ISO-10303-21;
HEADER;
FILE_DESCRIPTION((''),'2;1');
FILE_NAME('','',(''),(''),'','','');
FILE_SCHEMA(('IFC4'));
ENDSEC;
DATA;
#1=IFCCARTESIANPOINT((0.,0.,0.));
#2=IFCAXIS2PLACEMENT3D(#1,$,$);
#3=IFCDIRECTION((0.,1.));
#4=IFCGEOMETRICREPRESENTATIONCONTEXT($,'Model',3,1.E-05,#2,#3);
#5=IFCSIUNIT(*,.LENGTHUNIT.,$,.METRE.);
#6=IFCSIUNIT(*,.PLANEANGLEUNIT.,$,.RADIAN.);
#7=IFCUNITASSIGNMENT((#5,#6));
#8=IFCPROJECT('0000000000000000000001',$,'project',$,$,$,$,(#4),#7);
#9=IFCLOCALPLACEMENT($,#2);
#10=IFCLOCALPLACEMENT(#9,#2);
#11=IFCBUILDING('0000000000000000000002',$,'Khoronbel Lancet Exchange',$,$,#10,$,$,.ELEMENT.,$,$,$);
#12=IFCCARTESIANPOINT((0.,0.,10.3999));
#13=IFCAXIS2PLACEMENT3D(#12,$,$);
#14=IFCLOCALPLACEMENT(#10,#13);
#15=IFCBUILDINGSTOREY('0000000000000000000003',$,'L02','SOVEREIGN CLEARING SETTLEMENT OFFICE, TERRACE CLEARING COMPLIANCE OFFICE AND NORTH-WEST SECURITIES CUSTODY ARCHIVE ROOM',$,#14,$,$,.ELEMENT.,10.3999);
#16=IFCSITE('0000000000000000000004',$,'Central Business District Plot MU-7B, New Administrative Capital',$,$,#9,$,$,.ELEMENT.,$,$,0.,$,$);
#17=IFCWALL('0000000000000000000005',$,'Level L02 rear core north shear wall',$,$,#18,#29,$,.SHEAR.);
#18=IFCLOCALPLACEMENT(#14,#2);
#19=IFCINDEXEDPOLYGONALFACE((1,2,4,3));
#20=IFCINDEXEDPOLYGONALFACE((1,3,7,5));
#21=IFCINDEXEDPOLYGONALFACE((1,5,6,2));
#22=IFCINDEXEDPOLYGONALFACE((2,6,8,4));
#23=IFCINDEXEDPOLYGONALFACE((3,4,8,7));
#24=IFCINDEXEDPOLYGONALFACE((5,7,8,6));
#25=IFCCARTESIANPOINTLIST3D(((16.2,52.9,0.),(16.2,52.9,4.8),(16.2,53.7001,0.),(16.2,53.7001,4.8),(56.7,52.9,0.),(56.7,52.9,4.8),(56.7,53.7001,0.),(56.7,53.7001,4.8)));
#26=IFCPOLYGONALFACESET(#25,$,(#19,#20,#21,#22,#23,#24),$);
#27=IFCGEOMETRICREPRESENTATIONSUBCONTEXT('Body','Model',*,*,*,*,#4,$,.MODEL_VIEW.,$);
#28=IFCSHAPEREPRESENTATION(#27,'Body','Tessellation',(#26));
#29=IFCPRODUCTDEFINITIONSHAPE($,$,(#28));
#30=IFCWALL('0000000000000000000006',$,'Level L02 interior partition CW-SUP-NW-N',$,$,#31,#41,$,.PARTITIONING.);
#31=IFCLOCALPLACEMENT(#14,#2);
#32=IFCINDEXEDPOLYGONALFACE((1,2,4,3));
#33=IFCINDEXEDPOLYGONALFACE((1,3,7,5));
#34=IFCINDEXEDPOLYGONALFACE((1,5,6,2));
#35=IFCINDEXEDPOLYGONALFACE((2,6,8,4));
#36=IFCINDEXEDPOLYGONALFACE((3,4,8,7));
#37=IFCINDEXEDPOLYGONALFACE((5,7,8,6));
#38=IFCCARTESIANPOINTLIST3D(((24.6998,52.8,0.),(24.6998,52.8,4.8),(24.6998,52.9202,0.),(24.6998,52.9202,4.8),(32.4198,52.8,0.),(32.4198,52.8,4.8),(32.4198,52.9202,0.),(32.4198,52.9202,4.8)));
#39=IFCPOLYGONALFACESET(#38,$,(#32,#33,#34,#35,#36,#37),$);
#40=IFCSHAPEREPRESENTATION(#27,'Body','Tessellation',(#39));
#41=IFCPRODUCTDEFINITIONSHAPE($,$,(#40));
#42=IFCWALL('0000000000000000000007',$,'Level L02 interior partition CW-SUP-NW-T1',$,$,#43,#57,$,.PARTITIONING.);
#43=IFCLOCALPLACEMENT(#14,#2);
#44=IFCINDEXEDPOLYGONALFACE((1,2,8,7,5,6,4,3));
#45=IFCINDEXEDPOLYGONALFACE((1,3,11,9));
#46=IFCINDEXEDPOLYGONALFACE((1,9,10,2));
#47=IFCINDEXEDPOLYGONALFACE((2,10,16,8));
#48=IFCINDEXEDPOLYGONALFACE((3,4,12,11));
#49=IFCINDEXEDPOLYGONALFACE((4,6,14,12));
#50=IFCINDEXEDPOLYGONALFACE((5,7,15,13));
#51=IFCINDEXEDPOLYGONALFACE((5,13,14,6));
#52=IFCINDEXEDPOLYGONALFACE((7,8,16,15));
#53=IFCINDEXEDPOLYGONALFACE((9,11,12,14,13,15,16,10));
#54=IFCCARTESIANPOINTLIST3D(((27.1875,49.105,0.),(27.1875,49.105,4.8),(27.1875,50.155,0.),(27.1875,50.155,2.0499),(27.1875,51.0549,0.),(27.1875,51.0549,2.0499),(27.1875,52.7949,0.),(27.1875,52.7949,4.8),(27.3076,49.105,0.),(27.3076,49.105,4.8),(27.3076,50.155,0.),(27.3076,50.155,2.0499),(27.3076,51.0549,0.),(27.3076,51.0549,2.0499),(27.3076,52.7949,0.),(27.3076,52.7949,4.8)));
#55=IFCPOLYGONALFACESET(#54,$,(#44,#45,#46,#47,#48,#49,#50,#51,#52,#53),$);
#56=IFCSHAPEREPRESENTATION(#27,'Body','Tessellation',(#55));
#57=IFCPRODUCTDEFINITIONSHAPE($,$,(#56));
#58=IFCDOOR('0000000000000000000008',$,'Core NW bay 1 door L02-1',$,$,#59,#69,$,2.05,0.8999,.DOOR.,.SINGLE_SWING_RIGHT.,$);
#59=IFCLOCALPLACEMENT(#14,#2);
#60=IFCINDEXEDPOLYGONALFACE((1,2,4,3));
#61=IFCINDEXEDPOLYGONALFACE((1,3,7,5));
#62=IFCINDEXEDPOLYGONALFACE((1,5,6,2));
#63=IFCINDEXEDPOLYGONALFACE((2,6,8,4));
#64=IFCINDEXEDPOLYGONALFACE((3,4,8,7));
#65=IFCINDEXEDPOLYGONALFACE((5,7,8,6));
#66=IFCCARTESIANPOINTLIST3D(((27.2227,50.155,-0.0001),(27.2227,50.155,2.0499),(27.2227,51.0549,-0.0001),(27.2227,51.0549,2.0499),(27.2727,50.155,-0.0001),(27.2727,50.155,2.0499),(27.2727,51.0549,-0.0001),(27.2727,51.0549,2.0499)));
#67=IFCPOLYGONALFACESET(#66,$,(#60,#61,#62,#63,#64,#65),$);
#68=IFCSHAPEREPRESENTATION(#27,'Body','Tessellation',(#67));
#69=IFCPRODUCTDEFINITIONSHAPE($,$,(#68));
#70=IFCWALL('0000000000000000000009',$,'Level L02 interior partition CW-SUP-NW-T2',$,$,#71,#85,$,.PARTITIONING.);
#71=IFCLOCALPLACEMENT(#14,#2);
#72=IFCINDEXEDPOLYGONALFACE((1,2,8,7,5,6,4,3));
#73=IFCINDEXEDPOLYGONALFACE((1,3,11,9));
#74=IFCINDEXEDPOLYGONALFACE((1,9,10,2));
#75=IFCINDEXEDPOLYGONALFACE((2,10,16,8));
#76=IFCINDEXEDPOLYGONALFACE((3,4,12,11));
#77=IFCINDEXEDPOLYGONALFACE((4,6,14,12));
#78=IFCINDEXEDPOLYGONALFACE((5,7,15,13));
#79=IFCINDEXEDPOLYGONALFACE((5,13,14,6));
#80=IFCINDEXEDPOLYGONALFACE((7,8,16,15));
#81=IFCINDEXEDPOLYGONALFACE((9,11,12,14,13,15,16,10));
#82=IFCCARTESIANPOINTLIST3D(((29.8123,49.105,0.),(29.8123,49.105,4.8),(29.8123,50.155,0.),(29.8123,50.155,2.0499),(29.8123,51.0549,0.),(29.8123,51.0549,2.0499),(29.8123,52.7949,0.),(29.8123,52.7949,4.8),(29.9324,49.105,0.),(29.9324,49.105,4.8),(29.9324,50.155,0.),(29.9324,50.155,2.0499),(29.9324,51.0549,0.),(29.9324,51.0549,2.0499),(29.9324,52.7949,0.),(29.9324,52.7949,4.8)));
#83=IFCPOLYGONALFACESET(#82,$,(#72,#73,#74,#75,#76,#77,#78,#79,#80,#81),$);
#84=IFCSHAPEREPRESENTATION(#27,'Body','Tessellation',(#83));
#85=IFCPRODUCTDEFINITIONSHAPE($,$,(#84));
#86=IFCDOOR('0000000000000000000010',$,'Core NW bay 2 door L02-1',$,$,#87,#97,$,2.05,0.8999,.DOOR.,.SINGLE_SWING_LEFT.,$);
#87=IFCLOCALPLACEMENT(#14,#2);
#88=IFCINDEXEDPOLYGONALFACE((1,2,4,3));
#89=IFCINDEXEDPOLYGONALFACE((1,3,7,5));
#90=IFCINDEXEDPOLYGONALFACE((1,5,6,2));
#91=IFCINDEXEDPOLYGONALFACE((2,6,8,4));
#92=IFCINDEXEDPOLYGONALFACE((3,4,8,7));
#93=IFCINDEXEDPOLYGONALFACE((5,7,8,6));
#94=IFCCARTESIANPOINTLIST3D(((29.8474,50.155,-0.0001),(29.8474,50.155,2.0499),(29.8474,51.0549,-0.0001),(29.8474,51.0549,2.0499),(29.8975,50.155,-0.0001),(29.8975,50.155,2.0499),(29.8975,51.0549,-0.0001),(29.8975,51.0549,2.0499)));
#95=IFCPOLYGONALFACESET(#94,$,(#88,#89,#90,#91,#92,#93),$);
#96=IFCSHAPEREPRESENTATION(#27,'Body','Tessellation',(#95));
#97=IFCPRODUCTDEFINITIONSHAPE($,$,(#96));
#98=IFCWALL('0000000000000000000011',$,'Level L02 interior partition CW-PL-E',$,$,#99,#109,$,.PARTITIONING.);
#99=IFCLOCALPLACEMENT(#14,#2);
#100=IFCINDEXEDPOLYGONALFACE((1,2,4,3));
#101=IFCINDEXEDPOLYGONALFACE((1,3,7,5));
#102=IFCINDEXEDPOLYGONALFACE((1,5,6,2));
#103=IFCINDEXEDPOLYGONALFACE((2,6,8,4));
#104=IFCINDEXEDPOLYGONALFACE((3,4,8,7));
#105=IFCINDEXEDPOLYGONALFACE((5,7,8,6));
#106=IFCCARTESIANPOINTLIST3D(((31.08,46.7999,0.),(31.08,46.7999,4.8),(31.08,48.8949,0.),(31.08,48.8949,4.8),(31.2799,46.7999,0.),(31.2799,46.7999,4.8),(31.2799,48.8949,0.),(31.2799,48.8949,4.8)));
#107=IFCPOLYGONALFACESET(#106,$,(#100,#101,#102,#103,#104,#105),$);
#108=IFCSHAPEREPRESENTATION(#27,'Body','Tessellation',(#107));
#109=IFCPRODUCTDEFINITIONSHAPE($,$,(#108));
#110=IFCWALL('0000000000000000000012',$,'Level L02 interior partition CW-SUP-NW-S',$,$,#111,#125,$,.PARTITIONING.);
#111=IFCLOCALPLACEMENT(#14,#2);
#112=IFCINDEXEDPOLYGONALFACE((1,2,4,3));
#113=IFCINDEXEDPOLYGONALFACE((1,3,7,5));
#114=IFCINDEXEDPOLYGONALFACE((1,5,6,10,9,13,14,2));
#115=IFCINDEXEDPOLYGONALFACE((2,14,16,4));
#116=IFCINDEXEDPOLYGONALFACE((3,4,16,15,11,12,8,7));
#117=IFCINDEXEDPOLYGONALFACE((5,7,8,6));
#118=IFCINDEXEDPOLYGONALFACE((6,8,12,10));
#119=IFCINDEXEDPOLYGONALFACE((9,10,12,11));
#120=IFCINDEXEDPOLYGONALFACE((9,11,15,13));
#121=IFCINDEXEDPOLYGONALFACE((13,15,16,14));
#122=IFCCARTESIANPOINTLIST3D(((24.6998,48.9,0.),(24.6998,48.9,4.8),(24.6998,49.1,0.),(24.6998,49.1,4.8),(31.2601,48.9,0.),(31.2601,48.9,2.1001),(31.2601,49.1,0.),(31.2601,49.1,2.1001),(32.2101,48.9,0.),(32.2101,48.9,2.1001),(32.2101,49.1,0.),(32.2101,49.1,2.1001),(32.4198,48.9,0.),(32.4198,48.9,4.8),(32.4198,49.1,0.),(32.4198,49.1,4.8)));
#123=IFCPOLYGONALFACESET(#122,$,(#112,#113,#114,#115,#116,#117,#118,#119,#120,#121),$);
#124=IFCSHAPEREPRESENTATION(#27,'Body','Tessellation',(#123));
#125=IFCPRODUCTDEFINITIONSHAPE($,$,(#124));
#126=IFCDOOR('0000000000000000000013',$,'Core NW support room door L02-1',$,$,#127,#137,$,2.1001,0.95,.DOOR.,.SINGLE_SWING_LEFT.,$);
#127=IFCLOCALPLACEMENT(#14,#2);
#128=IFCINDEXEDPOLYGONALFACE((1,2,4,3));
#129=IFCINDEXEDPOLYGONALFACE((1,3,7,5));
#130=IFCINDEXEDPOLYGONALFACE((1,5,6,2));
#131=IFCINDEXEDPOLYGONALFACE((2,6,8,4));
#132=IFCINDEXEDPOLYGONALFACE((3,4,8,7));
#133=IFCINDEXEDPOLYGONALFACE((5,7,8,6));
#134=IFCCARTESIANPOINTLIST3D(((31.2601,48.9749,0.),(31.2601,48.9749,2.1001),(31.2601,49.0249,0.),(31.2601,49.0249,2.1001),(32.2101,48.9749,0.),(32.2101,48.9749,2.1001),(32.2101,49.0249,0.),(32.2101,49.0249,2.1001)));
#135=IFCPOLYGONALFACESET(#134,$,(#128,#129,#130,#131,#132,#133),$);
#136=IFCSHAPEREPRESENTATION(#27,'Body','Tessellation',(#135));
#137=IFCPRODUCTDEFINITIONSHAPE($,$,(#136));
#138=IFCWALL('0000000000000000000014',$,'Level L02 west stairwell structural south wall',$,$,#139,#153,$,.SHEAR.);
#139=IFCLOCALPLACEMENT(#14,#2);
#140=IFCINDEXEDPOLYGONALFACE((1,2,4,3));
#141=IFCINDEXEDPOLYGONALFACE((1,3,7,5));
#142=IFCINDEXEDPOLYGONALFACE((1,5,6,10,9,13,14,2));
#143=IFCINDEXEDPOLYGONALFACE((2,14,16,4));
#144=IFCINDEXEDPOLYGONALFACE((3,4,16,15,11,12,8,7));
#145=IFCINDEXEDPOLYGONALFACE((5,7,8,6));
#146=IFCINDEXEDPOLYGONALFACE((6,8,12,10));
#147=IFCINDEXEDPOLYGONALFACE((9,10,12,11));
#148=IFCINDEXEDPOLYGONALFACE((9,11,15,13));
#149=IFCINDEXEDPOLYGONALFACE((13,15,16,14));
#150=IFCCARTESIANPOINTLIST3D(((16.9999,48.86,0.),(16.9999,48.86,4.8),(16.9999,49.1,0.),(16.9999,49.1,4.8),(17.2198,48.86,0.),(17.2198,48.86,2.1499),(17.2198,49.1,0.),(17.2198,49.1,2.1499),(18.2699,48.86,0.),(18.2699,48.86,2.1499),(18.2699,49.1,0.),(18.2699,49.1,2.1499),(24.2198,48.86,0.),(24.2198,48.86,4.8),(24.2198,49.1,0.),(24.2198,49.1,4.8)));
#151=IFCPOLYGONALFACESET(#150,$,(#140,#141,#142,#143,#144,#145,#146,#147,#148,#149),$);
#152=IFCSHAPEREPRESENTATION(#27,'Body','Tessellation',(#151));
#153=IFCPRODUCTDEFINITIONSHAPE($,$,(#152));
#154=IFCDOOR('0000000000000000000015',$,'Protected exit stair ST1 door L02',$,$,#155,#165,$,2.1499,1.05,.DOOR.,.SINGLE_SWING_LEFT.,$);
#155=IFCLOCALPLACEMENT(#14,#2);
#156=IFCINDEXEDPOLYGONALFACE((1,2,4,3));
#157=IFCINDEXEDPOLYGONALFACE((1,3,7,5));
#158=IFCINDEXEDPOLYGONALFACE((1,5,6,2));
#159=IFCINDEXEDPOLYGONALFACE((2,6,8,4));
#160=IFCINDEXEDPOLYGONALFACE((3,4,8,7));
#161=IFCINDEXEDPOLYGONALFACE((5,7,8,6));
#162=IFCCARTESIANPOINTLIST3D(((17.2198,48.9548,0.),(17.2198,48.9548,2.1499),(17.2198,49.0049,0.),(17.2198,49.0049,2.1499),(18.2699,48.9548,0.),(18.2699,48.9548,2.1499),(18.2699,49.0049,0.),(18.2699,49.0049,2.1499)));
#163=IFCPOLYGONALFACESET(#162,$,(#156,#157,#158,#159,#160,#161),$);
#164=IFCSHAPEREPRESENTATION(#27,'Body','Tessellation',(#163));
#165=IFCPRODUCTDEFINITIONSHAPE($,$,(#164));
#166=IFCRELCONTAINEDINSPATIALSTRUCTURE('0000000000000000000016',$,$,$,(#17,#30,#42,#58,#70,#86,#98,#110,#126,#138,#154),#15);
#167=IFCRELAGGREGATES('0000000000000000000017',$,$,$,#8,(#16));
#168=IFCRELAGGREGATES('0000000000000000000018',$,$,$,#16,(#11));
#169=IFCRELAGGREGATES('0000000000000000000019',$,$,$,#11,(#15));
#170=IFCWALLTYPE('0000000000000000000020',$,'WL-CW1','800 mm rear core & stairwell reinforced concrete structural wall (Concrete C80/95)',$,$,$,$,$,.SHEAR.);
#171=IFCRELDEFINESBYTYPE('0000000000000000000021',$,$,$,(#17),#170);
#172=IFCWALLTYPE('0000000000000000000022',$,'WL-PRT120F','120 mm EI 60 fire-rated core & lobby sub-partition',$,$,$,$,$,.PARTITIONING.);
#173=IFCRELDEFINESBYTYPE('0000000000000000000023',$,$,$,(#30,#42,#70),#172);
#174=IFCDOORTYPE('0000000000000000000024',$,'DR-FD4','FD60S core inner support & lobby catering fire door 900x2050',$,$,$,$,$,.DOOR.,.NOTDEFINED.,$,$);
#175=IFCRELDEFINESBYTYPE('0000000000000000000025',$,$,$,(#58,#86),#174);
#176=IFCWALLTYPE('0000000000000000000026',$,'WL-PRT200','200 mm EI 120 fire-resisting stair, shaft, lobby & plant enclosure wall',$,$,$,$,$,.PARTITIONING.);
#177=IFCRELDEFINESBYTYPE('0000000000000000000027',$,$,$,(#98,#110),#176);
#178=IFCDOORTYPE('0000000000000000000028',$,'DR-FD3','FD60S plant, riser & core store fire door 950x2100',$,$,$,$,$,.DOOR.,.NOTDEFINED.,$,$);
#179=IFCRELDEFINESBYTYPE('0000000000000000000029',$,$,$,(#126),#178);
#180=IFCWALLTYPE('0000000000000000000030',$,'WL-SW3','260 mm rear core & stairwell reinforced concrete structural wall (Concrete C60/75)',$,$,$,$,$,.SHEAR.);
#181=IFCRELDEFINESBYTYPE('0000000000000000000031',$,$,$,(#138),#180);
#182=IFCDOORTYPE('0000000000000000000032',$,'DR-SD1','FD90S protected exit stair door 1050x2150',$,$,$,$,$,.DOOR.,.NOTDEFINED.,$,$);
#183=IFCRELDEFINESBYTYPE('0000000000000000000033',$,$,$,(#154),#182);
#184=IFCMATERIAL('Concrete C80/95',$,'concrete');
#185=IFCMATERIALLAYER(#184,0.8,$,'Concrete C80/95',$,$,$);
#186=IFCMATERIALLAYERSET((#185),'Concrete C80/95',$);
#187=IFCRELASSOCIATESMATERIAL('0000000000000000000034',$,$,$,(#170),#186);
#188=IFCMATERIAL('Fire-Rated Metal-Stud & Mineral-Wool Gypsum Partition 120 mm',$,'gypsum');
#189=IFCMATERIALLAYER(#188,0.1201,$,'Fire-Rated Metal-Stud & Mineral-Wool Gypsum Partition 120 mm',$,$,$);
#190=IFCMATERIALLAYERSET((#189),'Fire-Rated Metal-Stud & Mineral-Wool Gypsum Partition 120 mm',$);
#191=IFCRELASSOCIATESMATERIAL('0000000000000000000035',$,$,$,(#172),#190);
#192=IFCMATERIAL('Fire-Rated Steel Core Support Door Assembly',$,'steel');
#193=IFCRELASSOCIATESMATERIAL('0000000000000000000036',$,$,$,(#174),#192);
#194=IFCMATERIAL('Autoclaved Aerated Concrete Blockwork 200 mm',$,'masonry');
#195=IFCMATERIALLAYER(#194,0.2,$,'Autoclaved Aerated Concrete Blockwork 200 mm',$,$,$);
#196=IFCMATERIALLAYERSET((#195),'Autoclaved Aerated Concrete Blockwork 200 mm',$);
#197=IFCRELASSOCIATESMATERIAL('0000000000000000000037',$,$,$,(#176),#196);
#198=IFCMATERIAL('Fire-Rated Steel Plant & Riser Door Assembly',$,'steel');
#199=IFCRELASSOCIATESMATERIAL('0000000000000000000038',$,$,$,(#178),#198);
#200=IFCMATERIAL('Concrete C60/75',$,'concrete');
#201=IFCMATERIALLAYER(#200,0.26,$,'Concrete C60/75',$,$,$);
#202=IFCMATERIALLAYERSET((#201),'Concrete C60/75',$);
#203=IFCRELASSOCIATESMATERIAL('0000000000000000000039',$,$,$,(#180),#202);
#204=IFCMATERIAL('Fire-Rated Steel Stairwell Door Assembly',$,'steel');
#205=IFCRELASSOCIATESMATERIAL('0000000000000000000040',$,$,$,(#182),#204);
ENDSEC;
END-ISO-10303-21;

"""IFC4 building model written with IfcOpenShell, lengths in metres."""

from ifc_helpers import new_model, si_unit, direction, frame, frame_2d, origin, place, context, subcontext, project, spatial, rectangle, extrude, material, layer, layer_set, type_object, element, fill, save


model = new_model("IFC4")

# Units and contexts
model_context = context("Model", 3, precision=1e-05, world=origin(), true_north=direction((0.0, 1.0)))
body_context = subcontext(model_context, "Body", "Model", "MODEL_VIEW")
ifc_project = project(units=[si_unit("LENGTHUNIT", "METRE"), si_unit("PLANEANGLEUNIT", "RADIAN")], contexts=[model_context])

# Site, building, storey
site_placement = place(None, origin())
site = spatial("IfcSite", under=ifc_project, at=site_placement, Name="Central Business District Plot MU-7B, New Administrative Capital", CompositionType="ELEMENT", RefElevation=0.0)
building_placement = place(site_placement, origin())
building = spatial("IfcBuilding", under=site, at=building_placement, Name="Khoronbel Lancet Exchange", CompositionType="ELEMENT")
storey_placement = place(building_placement, frame((0.0, 0.0, 10.3999)))
storey = spatial("IfcBuildingStorey", under=building, at=storey_placement, Name="L02", Description="SOVEREIGN CLEARING SETTLEMENT OFFICE, TERRACE CLEARING COMPLIANCE OFFICE AND NORTH-WEST SECURITIES CUSTODY ARCHIVE ROOM", CompositionType="ELEMENT", Elevation=10.3999)

# Walls
ifc_material_1 = material(Name="Concrete C80/95", Category="concrete")
ifc_layer_1 = layer(ifc_material_1, 0.8, Name="Concrete C80/95")
ifc_layer_set_1 = layer_set([ifc_layer_1], Name="Concrete C80/95")
wall_type_1 = type_object("IfcWallType", Name="WL-CW1", Description="800 mm rear core & stairwell reinforced concrete structural wall (Concrete C80/95)", PredefinedType="SHEAR", material=ifc_layer_set_1)
wall_1_placement = place(storey_placement, frame((16.2, 53.3, 0.0), z_axis=(0.0, 0.0, 1.0), x_axis=(1.0, 0.0, 0.0)))
element("IfcWall", 1, at=wall_1_placement, inside=storey, type_object=wall_type_1, Name="Level L02 rear core north shear wall", PredefinedType="SHEAR", context=body_context, shape_type="SweptSolid", body=[
    extrude(rectangle(XDim=40.5, YDim=0.8, at=frame_2d((20.25, 0.0))), origin(), (0.0, 0.0, 1.0), 4.8),
])
ifc_material_2 = material(Name="Fire-Rated Metal-Stud & Mineral-Wool Gypsum Partition 120 mm", Category="gypsum")
ifc_layer_2 = layer(ifc_material_2, 0.1201, Name="Fire-Rated Metal-Stud & Mineral-Wool Gypsum Partition 120 mm")
ifc_layer_set_2 = layer_set([ifc_layer_2], Name="Fire-Rated Metal-Stud & Mineral-Wool Gypsum Partition 120 mm")
wall_type_2 = type_object("IfcWallType", Name="WL-PRT120F", Description="120 mm EI 60 fire-rated core & lobby sub-partition", PredefinedType="PARTITIONING", material=ifc_layer_set_2)
wall_2_placement = place(storey_placement, frame((24.7, 52.8601, 0.0), z_axis=(0.0, 0.0, 1.0), x_axis=(1.0, 0.0, 0.0)))
element("IfcWall", 2, at=wall_2_placement, inside=storey, type_object=wall_type_2, Name="Level L02 interior partition CW-SUP-NW-N", PredefinedType="PARTITIONING", context=body_context, shape_type="SweptSolid", body=[
    extrude(rectangle(XDim=7.72, YDim=0.1201, at=frame_2d((3.8599, 0.0))), origin(), (0.0, 0.0, 1.0), 4.8),
])

# Walls, openings, doors
wall_3_placement = place(storey_placement, frame((27.2476, 49.105, 0.0), z_axis=(0.0, 0.0, 1.0), x_axis=(0.0, 1.0, 0.0)))
wall_3 = element("IfcWall", 3, at=wall_3_placement, inside=storey, type_object=wall_type_2, Name="Level L02 interior partition CW-SUP-NW-T1", PredefinedType="PARTITIONING", context=body_context, shape_type="SweptSolid", body=[
    extrude(rectangle(XDim=3.6899, YDim=0.1201, at=frame_2d((1.845, 0.0))), origin(), (0.0, 0.0, 1.0), 4.8),
])
opening_1_placement = place(wall_3_placement, frame((1.05, 0.0, 0.0)))
opening_1 = element("IfcOpeningElement", 4, at=opening_1_placement, cuts=wall_3, PredefinedType="OPENING", context=body_context, shape_type="SweptSolid", body=[
    extrude(rectangle(XDim=0.8999, YDim=2.05, at=frame_2d((0.45, 1.0249))), frame((0.0, 0.0701, 0.0), z_axis=(0.0, -1.0, 0.0), x_axis=(1.0, 0.0, 0.0)), (0.0, 0.0, 1.0), 0.1401),
])
ifc_material_3 = material(Name="Fire-Rated Steel Core Support Door Assembly", Category="steel")
door_type_1 = type_object("IfcDoorType", Name="DR-FD4", Description="FD60S core inner support & lobby catering fire door 900x2050", OperationType="NOTDEFINED", PredefinedType="DOOR", material=ifc_material_3)
door_1_placement = place(opening_1_placement, origin())
door_1 = element("IfcDoor", 5, at=door_1_placement, inside=storey, type_object=door_type_1, Name="Core NW bay 1 door L02-1", OperationType="SINGLE_SWING_RIGHT", OverallHeight=2.05, OverallWidth=0.8999, PredefinedType="DOOR", context=body_context, shape_type="SweptSolid", body=[
    extrude(rectangle(XDim=0.8999, YDim=2.05, at=frame_2d((0.45, 1.0249))), frame((0.0, 0.0249, 0.0), z_axis=(0.0, -1.0, 0.0), x_axis=(1.0, 0.0, 0.0)), (0.0, 0.0, 1.0), 0.05),
])
fill(opening_1, door_1)
wall_4_placement = place(storey_placement, frame((29.8723, 49.105, 0.0), z_axis=(0.0, 0.0, 1.0), x_axis=(0.0, 1.0, 0.0)))
wall_4 = element("IfcWall", 6, at=wall_4_placement, inside=storey, type_object=wall_type_2, Name="Level L02 interior partition CW-SUP-NW-T2", PredefinedType="PARTITIONING", context=body_context, shape_type="SweptSolid", body=[
    extrude(rectangle(XDim=3.6899, YDim=0.1201, at=frame_2d((1.845, 0.0))), origin(), (0.0, 0.0, 1.0), 4.8),
])
opening_2_placement = place(wall_4_placement, frame((1.05, 0.0, 0.0)))
opening_2 = element("IfcOpeningElement", 7, at=opening_2_placement, cuts=wall_4, PredefinedType="OPENING", context=body_context, shape_type="SweptSolid", body=[
    extrude(rectangle(XDim=0.8999, YDim=2.05, at=frame_2d((0.45, 1.0249))), frame((0.0, 0.0701, 0.0), z_axis=(0.0, -1.0, 0.0), x_axis=(1.0, 0.0, 0.0)), (0.0, 0.0, 1.0), 0.1401),
])
door_2_placement = place(opening_2_placement, origin())
door_2 = element("IfcDoor", 8, at=door_2_placement, inside=storey, type_object=door_type_1, Name="Core NW bay 2 door L02-1", OperationType="SINGLE_SWING_LEFT", OverallHeight=2.05, OverallWidth=0.8999, PredefinedType="DOOR", context=body_context, shape_type="SweptSolid", body=[
    extrude(rectangle(XDim=0.8999, YDim=2.05, at=frame_2d((0.45, 1.0249))), frame((0.0, 0.0249, 0.0), z_axis=(0.0, -1.0, 0.0), x_axis=(1.0, 0.0, 0.0)), (0.0, 0.0, 1.0), 0.05),
])
fill(opening_2, door_2)

# Wall
ifc_material_4 = material(Name="Autoclaved Aerated Concrete Blockwork 200 mm", Category="masonry")
ifc_layer_3 = layer(ifc_material_4, 0.2, Name="Autoclaved Aerated Concrete Blockwork 200 mm")
ifc_layer_set_3 = layer_set([ifc_layer_3], Name="Autoclaved Aerated Concrete Blockwork 200 mm")
wall_type_3 = type_object("IfcWallType", Name="WL-PRT200", Description="200 mm EI 120 fire-resisting stair, shaft, lobby & plant enclosure wall", PredefinedType="PARTITIONING", material=ifc_layer_set_3)
wall_5_placement = place(storey_placement, frame((31.1799, 46.8, 0.0), z_axis=(0.0, 0.0, 1.0), x_axis=(0.0, 1.0, 0.0)))
element("IfcWall", 9, at=wall_5_placement, inside=storey, type_object=wall_type_3, Name="Level L02 interior partition CW-PL-E", PredefinedType="PARTITIONING", context=body_context, shape_type="SweptSolid", body=[
    extrude(rectangle(XDim=2.095, YDim=0.2, at=frame_2d((1.0474, 0.0))), origin(), (0.0, 0.0, 1.0), 4.8),
])

# Walls, openings, doors
wall_6_placement = place(storey_placement, frame((24.7, 49.0, 0.0), z_axis=(0.0, 0.0, 1.0), x_axis=(1.0, 0.0, 0.0)))
wall_6 = element("IfcWall", 10, at=wall_6_placement, inside=storey, type_object=wall_type_3, Name="Level L02 interior partition CW-SUP-NW-S", PredefinedType="PARTITIONING", context=body_context, shape_type="SweptSolid", body=[
    extrude(rectangle(XDim=7.72, YDim=0.2, at=frame_2d((3.8599, 0.0))), origin(), (0.0, 0.0, 1.0), 4.8),
])
opening_3_placement = place(wall_6_placement, frame((6.5601, 0.0, 0.0)))
opening_3 = element("IfcOpeningElement", 11, at=opening_3_placement, cuts=wall_6, PredefinedType="OPENING", context=body_context, shape_type="SweptSolid", body=[
    extrude(rectangle(XDim=0.95, YDim=2.1001, at=frame_2d((0.4751, 1.05))), frame((0.0, 0.1099, 0.0), z_axis=(0.0, -1.0, 0.0), x_axis=(1.0, 0.0, 0.0)), (0.0, 0.0, 1.0), 0.22),
])
ifc_material_5 = material(Name="Fire-Rated Steel Plant & Riser Door Assembly", Category="steel")
door_type_2 = type_object("IfcDoorType", Name="DR-FD3", Description="FD60S plant, riser & core store fire door 950x2100", OperationType="NOTDEFINED", PredefinedType="DOOR", material=ifc_material_5)
door_3_placement = place(opening_3_placement, origin())
door_3 = element("IfcDoor", 12, at=door_3_placement, inside=storey, type_object=door_type_2, Name="Core NW support room door L02-1", OperationType="SINGLE_SWING_LEFT", OverallHeight=2.1001, OverallWidth=0.95, PredefinedType="DOOR", context=body_context, shape_type="SweptSolid", body=[
    extrude(rectangle(XDim=0.95, YDim=2.1001, at=frame_2d((0.4751, 1.05))), frame((0.0, 0.0249, 0.0), z_axis=(0.0, -1.0, 0.0), x_axis=(1.0, 0.0, 0.0)), (0.0, 0.0, 1.0), 0.05),
])
fill(opening_3, door_3)
ifc_material_6 = material(Name="Concrete C60/75", Category="concrete")
ifc_layer_4 = layer(ifc_material_6, 0.26, Name="Concrete C60/75")
ifc_layer_set_4 = layer_set([ifc_layer_4], Name="Concrete C60/75")
wall_type_4 = type_object("IfcWallType", Name="WL-SW3", Description="260 mm rear core & stairwell reinforced concrete structural wall (Concrete C60/75)", PredefinedType="SHEAR", material=ifc_layer_set_4)
wall_7_placement = place(storey_placement, frame((17.0, 48.98, 0.0), z_axis=(0.0, 0.0, 1.0), x_axis=(1.0, 0.0, 0.0)))
wall_7 = element("IfcWall", 13, at=wall_7_placement, inside=storey, type_object=wall_type_4, Name="Level L02 west stairwell structural south wall", PredefinedType="SHEAR", context=body_context, shape_type="SweptSolid", body=[
    extrude(rectangle(XDim=7.22, YDim=0.24, at=frame_2d((3.6099, 0.0))), origin(), (0.0, 0.0, 1.0), 4.8),
])
opening_4_placement = place(wall_7_placement, frame((0.22, 0.0, 0.0)))
opening_4 = element("IfcOpeningElement", 14, at=opening_4_placement, cuts=wall_7, PredefinedType="OPENING", context=body_context, shape_type="SweptSolid", body=[
    extrude(rectangle(XDim=1.05, YDim=2.1499, at=frame_2d((0.5249, 1.075))), frame((0.0, 0.1299, 0.0), z_axis=(0.0, -1.0, 0.0), x_axis=(1.0, 0.0, 0.0)), (0.0, 0.0, 1.0), 0.26),
])
ifc_material_7 = material(Name="Fire-Rated Steel Stairwell Door Assembly", Category="steel")
door_type_3 = type_object("IfcDoorType", Name="DR-SD1", Description="FD90S protected exit stair door 1050x2150", OperationType="NOTDEFINED", PredefinedType="DOOR", material=ifc_material_7)
door_4_placement = place(opening_4_placement, origin())
door_4 = element("IfcDoor", 15, at=door_4_placement, inside=storey, type_object=door_type_3, Name="Protected exit stair ST1 door L02", OperationType="SINGLE_SWING_LEFT", OverallHeight=2.1499, OverallWidth=1.05, PredefinedType="DOOR", context=body_context, shape_type="SweptSolid", body=[
    extrude(rectangle(XDim=1.05, YDim=2.1499, at=frame_2d((0.5249, 1.075))), frame((0.0, 0.0249, 0.0), z_axis=(0.0, -1.0, 0.0), x_axis=(1.0, 0.0, 0.0)), (0.0, 0.0, 1.0), 0.05),
])
fill(opening_4, door_4)

save(model, "model.ifc")
